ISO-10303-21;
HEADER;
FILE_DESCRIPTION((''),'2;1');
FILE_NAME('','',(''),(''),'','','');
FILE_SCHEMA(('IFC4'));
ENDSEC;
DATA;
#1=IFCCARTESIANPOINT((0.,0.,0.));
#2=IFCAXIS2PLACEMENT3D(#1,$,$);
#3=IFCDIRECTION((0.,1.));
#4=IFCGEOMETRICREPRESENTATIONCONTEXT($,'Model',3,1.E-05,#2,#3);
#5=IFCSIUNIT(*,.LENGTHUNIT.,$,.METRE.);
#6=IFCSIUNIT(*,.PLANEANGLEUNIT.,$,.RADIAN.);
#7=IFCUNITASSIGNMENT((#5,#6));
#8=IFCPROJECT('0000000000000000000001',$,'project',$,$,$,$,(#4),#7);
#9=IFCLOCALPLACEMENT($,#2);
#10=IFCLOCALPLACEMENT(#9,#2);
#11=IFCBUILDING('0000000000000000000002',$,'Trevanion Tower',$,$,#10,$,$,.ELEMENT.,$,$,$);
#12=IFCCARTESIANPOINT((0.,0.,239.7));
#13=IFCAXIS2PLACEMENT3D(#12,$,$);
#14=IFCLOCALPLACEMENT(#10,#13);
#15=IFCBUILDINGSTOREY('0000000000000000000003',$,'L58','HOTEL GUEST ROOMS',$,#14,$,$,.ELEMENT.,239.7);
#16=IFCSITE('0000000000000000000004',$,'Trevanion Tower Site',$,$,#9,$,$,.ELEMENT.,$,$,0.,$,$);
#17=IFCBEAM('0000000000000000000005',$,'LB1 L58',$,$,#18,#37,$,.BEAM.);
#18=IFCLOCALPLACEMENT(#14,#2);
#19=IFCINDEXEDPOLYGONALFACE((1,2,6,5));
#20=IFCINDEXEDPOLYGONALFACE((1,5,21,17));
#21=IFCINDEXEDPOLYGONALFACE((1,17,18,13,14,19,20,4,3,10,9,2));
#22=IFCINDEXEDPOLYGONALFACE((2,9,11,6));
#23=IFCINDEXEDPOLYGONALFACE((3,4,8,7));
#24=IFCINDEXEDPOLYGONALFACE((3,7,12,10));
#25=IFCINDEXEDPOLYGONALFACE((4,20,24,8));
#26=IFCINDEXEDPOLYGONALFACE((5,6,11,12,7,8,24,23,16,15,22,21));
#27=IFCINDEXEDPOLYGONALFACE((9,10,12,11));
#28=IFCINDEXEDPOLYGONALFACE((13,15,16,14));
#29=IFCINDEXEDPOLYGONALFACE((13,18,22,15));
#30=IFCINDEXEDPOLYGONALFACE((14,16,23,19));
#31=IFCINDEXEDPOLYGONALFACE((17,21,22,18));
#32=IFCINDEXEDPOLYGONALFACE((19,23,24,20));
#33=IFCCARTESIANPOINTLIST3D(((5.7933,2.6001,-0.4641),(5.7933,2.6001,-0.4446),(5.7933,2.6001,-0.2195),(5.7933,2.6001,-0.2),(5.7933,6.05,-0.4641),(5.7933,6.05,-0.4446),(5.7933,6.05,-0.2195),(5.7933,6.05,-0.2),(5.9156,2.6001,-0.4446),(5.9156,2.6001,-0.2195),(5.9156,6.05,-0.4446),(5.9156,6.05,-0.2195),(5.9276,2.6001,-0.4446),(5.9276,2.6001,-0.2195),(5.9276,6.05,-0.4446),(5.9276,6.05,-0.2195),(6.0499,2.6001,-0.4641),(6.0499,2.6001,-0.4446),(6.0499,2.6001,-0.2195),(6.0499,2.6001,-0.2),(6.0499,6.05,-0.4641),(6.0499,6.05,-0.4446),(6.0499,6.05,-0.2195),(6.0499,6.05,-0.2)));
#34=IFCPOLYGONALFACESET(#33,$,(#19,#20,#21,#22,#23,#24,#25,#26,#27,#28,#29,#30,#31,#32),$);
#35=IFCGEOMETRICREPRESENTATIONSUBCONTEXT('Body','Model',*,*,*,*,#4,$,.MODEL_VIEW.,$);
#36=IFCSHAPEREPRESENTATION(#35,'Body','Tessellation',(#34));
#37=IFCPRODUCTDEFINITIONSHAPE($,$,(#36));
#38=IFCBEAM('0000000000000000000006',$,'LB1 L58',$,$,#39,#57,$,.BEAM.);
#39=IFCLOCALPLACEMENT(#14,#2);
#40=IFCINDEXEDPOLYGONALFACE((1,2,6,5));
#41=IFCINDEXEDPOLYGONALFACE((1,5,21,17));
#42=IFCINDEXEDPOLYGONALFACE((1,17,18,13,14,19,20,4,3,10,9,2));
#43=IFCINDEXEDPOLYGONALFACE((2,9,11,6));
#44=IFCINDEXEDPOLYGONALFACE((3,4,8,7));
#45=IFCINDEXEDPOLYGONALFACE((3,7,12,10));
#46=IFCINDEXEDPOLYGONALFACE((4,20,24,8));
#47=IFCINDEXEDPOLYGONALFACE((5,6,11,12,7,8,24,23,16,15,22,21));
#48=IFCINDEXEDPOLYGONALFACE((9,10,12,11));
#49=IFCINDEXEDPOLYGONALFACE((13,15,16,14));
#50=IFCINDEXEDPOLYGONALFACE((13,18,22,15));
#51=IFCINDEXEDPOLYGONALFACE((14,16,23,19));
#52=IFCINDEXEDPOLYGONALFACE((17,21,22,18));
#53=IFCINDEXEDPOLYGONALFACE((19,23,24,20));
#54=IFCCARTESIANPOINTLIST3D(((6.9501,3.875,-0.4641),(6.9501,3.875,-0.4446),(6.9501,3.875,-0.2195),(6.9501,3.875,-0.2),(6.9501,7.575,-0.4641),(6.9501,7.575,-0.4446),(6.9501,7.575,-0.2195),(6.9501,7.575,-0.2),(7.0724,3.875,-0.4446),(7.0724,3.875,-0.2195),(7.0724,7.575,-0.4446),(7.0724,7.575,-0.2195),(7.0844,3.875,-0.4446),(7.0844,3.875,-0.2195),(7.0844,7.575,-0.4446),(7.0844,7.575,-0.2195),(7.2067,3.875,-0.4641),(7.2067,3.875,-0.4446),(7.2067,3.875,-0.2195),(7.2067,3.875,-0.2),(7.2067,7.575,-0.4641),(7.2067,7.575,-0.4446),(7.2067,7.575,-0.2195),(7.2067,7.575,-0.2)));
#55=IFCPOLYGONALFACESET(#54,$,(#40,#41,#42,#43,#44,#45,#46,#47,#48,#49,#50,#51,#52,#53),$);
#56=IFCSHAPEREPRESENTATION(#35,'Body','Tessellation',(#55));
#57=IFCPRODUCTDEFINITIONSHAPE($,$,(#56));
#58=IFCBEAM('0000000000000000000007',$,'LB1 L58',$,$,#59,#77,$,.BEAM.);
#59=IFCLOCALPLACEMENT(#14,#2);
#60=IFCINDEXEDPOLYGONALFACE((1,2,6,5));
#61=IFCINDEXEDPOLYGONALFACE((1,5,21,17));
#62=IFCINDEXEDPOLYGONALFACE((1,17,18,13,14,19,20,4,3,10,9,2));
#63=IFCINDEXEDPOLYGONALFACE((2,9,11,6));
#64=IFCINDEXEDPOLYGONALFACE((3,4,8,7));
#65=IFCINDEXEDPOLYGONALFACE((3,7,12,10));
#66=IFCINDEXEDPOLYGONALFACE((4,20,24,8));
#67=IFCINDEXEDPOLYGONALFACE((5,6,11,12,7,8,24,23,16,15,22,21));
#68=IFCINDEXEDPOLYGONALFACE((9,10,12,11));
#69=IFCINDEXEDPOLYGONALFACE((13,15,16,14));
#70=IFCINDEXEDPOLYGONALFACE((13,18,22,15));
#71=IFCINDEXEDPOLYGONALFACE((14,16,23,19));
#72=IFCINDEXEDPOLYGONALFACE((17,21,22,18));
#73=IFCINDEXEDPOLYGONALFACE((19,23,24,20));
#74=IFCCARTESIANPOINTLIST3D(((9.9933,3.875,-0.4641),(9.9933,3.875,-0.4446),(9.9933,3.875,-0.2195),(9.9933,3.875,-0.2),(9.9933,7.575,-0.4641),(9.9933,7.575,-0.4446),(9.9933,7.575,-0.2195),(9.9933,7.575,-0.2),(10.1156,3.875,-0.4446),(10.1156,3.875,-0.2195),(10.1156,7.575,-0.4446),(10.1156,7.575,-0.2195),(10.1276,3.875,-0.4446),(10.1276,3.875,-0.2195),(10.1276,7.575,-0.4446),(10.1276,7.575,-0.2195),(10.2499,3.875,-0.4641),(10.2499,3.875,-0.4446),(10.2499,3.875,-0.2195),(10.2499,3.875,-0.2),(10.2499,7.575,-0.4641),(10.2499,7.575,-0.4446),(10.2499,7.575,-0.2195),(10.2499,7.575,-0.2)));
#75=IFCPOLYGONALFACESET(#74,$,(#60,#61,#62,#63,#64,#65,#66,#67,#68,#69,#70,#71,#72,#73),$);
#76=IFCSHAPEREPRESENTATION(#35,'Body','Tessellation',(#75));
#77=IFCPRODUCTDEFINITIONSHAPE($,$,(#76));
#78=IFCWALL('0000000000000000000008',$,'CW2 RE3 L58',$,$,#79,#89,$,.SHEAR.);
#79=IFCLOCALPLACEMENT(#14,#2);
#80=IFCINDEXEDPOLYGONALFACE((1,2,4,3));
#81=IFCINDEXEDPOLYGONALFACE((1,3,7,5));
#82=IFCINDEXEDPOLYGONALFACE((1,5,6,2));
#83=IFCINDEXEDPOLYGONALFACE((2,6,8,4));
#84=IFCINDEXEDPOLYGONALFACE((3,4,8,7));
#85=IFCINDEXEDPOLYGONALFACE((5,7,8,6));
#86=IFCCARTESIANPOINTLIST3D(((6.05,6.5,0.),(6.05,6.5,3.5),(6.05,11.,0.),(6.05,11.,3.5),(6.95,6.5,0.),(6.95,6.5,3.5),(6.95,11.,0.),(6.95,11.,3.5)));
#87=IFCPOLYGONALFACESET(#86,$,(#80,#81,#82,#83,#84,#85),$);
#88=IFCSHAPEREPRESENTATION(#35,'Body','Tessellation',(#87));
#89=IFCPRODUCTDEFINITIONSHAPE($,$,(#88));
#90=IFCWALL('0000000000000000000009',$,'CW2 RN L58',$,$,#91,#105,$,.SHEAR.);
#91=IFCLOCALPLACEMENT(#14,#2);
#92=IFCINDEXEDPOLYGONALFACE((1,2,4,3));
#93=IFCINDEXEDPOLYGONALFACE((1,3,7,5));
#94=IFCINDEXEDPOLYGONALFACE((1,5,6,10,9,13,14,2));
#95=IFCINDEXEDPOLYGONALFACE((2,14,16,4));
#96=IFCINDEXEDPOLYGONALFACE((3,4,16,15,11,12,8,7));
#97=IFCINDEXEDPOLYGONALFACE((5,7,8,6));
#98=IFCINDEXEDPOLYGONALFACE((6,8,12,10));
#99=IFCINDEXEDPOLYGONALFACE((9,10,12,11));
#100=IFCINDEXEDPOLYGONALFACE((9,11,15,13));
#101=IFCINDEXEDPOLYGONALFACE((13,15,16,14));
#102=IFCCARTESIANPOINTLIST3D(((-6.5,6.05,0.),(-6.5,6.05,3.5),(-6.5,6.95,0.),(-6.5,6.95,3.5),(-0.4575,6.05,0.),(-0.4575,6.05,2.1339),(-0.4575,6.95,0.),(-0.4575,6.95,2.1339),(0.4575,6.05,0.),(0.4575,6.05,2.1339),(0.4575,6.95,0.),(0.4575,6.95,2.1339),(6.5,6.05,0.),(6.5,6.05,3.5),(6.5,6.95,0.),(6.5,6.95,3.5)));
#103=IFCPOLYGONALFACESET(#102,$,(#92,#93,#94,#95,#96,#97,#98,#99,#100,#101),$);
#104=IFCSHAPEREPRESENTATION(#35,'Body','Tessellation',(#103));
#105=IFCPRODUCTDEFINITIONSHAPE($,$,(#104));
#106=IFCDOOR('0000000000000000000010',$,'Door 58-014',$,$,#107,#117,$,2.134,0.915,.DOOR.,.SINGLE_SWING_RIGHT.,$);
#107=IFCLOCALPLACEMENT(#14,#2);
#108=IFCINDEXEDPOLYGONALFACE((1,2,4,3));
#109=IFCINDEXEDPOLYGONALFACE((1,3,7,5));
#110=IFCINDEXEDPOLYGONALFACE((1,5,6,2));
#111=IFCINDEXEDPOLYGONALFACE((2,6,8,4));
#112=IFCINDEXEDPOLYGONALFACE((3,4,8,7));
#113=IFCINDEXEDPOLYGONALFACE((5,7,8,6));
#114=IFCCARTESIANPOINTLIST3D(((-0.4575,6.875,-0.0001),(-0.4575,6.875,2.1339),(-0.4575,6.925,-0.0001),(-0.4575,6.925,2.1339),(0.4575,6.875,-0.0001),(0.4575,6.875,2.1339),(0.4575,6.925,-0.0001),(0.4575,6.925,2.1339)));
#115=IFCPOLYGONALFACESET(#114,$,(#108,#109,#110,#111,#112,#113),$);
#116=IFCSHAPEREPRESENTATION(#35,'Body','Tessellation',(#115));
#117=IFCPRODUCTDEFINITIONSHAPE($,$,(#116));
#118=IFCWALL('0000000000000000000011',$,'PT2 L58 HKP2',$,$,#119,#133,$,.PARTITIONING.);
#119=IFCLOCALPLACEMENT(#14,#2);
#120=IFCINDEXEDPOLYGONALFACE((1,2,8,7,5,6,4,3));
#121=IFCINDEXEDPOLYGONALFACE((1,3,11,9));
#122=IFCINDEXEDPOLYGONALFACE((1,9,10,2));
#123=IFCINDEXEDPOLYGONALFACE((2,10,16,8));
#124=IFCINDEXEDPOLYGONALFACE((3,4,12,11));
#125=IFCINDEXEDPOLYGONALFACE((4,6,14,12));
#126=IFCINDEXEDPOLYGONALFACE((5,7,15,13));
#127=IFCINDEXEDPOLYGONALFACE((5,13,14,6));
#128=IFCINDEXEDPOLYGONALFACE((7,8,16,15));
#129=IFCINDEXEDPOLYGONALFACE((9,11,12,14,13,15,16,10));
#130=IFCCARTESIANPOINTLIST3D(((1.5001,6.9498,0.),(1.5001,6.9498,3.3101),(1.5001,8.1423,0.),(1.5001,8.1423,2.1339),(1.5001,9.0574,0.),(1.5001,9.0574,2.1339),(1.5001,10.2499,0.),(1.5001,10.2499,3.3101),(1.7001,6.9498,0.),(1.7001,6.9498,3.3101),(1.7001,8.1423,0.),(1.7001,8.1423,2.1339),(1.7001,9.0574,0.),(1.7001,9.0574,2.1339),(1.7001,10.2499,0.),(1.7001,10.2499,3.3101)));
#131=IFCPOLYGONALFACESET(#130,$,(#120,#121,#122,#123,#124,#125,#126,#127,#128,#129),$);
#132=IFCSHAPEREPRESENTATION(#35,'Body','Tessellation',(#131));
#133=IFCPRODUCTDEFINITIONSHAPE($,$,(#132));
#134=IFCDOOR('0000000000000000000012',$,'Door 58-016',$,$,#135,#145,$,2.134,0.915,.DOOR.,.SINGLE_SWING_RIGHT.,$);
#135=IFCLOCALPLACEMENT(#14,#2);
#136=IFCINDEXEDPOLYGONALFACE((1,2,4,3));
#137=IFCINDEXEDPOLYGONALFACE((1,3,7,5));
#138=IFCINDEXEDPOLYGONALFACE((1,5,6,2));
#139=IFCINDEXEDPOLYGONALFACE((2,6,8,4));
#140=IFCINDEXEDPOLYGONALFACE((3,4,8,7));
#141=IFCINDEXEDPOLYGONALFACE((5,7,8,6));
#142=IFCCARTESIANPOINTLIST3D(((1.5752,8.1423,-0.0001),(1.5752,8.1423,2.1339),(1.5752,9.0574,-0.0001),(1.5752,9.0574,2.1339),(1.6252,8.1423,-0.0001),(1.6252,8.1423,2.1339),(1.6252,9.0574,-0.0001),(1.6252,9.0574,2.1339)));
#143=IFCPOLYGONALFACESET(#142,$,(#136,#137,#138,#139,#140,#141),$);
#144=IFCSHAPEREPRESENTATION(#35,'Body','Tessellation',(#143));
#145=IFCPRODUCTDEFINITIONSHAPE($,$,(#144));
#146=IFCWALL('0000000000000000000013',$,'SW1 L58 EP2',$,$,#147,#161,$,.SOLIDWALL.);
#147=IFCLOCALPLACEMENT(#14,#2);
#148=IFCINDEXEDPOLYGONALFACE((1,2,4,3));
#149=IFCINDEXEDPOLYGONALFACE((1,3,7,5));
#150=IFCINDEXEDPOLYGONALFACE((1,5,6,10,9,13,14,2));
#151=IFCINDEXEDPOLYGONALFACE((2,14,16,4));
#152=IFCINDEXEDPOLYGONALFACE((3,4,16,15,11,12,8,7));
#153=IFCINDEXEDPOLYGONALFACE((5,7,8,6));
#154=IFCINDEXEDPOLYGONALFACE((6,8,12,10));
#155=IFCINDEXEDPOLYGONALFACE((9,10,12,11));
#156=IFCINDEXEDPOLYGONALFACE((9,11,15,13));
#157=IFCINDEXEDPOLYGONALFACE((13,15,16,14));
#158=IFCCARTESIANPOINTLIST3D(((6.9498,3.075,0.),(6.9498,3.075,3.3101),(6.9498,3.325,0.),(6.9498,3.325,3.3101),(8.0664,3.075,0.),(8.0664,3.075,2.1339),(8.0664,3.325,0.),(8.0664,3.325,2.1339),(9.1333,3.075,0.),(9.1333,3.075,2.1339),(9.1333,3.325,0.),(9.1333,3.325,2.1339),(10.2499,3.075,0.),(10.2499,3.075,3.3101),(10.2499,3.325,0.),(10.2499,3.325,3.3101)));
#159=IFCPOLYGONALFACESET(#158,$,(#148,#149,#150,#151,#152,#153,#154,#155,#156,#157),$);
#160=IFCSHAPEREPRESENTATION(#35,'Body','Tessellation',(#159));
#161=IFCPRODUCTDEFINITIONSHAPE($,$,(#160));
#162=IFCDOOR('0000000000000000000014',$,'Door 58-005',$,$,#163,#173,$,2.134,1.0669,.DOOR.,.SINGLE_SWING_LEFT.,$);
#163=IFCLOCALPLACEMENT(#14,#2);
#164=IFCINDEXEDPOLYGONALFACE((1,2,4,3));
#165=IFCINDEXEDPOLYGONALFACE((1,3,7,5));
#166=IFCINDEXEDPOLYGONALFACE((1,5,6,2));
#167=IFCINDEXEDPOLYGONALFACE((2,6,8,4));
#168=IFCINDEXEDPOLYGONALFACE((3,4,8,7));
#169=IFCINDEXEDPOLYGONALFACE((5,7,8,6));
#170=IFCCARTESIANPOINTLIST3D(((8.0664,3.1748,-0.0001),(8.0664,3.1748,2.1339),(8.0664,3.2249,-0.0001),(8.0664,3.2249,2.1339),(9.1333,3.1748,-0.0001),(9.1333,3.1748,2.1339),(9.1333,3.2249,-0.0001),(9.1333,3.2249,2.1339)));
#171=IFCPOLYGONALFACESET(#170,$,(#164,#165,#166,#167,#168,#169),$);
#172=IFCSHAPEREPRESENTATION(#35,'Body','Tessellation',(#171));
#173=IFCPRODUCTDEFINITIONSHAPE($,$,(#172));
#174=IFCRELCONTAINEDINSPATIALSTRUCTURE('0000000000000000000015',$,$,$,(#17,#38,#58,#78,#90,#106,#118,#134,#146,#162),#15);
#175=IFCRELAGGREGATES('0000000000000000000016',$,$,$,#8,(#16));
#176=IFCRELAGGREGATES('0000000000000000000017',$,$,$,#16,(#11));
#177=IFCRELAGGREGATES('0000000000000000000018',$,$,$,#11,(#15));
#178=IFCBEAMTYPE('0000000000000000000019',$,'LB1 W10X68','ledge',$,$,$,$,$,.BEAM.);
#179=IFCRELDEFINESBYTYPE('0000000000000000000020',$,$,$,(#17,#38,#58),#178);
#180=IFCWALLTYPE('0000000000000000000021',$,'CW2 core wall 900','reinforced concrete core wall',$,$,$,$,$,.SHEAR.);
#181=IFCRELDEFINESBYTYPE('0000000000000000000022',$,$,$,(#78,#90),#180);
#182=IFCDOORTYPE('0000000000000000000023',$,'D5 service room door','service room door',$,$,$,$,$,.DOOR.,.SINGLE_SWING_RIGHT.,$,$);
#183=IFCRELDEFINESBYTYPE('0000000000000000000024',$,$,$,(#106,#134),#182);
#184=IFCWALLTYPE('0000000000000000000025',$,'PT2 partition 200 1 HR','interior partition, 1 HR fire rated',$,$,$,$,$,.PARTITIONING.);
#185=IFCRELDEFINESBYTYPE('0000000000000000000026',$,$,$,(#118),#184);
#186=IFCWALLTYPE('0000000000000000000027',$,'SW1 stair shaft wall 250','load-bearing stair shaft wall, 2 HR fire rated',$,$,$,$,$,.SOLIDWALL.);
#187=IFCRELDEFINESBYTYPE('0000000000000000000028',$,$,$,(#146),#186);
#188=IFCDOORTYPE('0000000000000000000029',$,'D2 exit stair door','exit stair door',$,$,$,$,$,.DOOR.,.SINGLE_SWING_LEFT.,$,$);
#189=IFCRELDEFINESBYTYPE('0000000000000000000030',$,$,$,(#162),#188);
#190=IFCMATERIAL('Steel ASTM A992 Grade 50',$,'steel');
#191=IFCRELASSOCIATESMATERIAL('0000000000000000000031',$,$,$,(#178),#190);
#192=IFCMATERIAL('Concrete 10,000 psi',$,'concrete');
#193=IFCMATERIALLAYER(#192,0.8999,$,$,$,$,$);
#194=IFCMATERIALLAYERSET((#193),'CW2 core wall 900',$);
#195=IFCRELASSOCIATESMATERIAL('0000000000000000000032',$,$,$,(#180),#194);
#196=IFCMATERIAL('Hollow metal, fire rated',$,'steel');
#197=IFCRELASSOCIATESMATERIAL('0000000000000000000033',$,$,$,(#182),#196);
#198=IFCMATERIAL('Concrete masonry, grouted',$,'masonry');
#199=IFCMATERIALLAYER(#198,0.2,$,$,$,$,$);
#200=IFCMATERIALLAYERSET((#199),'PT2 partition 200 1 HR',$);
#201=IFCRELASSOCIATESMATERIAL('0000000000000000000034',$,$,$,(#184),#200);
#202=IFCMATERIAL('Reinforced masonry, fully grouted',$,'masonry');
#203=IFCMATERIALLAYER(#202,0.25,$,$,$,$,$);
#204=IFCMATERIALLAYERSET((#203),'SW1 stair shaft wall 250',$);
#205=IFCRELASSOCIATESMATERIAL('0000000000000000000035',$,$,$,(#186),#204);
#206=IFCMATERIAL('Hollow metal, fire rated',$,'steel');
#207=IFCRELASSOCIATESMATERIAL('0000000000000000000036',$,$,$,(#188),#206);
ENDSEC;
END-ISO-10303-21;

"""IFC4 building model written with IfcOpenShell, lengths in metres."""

from ifc_helpers import new_model, si_unit, direction, frame, frame_2d, origin, origin_2d, place, context, subcontext, project, spatial, rectangle, i_section, extrude, material, layer, layer_set, material_profile, profile_set, type_object, element, fill, save


model = new_model("IFC4")

# Units and contexts
model_context = context("Model", 3, precision=1e-05, world=origin(), true_north=direction((0.0, 1.0)))
body_context = subcontext(model_context, "Body", "Model", "MODEL_VIEW")
ifc_project = project(units=[si_unit("LENGTHUNIT", "METRE"), si_unit("PLANEANGLEUNIT", "RADIAN")], contexts=[model_context])

# Site, building, storey
site_placement = place(None, origin())
site = spatial("IfcSite", under=ifc_project, at=site_placement, Name="Trevanion Tower Site", CompositionType="ELEMENT", RefElevation=0.0)
building_placement = place(site_placement, origin())
building = spatial("IfcBuilding", under=site, at=building_placement, Name="Trevanion Tower", CompositionType="ELEMENT")
storey_placement = place(building_placement, frame((0.0, 0.0, 239.7)))
storey = spatial("IfcBuildingStorey", under=building, at=storey_placement, Name="L58", Description="HOTEL GUEST ROOMS", CompositionType="ELEMENT", Elevation=239.7)

# Beams
ifc_material_1 = material(Name="Steel ASTM A992 Grade 50", Category="steel")
ifc_material_profile = material_profile(ifc_material_1, i_section(OverallWidth=0.2566, OverallDepth=0.2642, WebThickness=0.012, FlangeThickness=0.0195, at=origin_2d()), Name="W10X68")
ifc_profile_set = profile_set([ifc_material_profile], Name="Steel ASTM A992 Grade 50")
beam_type = type_object("IfcBeamType", Name="LB1 W10X68", Description="ledge", PredefinedType="BEAM", material=ifc_profile_set)
beam_placement = place(storey_placement, frame((5.9216, 2.6001, -0.332), z_axis=(0.0, 1.0, 0.0), x_axis=(-1.0, 0.0, 0.0)))
element("IfcBeam", 1, at=beam_placement, inside=storey, type_object=beam_type, Name="LB1 L58", PredefinedType="BEAM", context=body_context, shape_type="SweptSolid", body=[
    extrude(i_section(OverallWidth=0.2566, OverallDepth=0.2642, WebThickness=0.012, FlangeThickness=0.0195, at=origin_2d()), origin(), (0.0, 0.0, 1.0), 3.45),
])
for number, where, z_axis, x_axis, name in (
    (2, (7.0784, 3.875, -0.332), (0.0, 1.0, 0.0), (-1.0, 0.0, 0.0), "LB1 L58"),
    (3, (10.1216, 3.875, -0.332), (0.0, 1.0, 0.0), (-1.0, 0.0, 0.0), "LB1 L58"),
):
    element("IfcBeam", number, at=place(storey_placement, frame(where, z_axis=z_axis, x_axis=x_axis)), inside=storey, type_object=beam_type, Name=name, PredefinedType="BEAM", context=body_context, shape_type="SweptSolid", body=[
        extrude(i_section(OverallWidth=0.2566, OverallDepth=0.2642, WebThickness=0.012, FlangeThickness=0.0195, at=origin_2d()), origin(), (0.0, 0.0, 1.0), 3.7),
    ])

# Wall
ifc_material_2 = material(Name="Concrete 10,000 psi", Category="concrete")
ifc_layer_1 = layer(ifc_material_2, 0.8999)
ifc_layer_set_1 = layer_set([ifc_layer_1], Name="CW2 core wall 900")
wall_type_1 = type_object("IfcWallType", Name="CW2 core wall 900", Description="reinforced concrete core wall", PredefinedType="SHEAR", material=ifc_layer_set_1)
wall_1_placement = place(storey_placement, frame((6.5, 6.5, 0.0), z_axis=(0.0, 0.0, 1.0), x_axis=(0.0, 1.0, 0.0)))
element("IfcWall", 4, at=wall_1_placement, inside=storey, type_object=wall_type_1, Name="CW2 RE3 L58", PredefinedType="SHEAR", context=body_context, shape_type="SweptSolid", body=[
    extrude(rectangle(XDim=4.5, YDim=0.8999, at=frame_2d((2.25, 0.0))), origin(), (0.0, 0.0, 1.0), 3.5),
])

# Walls, openings, doors
wall_2_placement = place(storey_placement, frame((6.5, 6.5, 0.0), z_axis=(0.0, 0.0, 1.0), x_axis=(-1.0, 0.0, 0.0)))
wall_2 = element("IfcWall", 5, at=wall_2_placement, inside=storey, type_object=wall_type_1, Name="CW2 RN L58", PredefinedType="SHEAR", context=body_context, shape_type="SweptSolid", body=[
    extrude(rectangle(XDim=13.0, YDim=0.8999, at=frame_2d((6.5, 0.0))), origin(), (0.0, 0.0, 1.0), 3.5),
])
opening_1_placement = place(wall_2_placement, frame((6.0425, 0.0, 0.0)))
opening_1 = element("IfcOpeningElement", 6, at=opening_1_placement, cuts=wall_2, PredefinedType="OPENING", context=body_context, shape_type="SweptSolid", body=[
    extrude(rectangle(XDim=0.915, YDim=2.134, at=frame_2d((0.4575, 1.0669))), frame((0.0, 0.46, 0.0), z_axis=(0.0, -1.0, 0.0), x_axis=(1.0, 0.0, 0.0)), (0.0, 0.0, 1.0), 0.9199),
])
ifc_material_3 = material(Name="Hollow metal, fire rated", Category="steel")
door_type_1 = type_object("IfcDoorType", Name="D5 service room door", Description="service room door", OperationType="SINGLE_SWING_RIGHT", PredefinedType="DOOR", material=ifc_material_3)
door_1_placement = place(opening_1_placement, origin())
door_1 = element("IfcDoor", 7, at=door_1_placement, inside=storey, type_object=door_type_1, Name="Door 58-014", OperationType="SINGLE_SWING_RIGHT", OverallHeight=2.134, OverallWidth=0.915, PredefinedType="DOOR", context=body_context, shape_type="SweptSolid", body=[
    extrude(rectangle(XDim=0.915, YDim=2.134, at=frame_2d((0.4575, 1.0669))), frame((0.0, -0.375, 0.0), z_axis=(0.0, -1.0, 0.0), x_axis=(1.0, 0.0, 0.0)), (0.0, 0.0, 1.0), 0.05),
])
fill(opening_1, door_1)
ifc_material_4 = material(Name="Concrete masonry, grouted", Category="masonry")
ifc_layer_2 = layer(ifc_material_4, 0.2)
ifc_layer_set_2 = layer_set([ifc_layer_2], Name="PT2 partition 200 1 HR")
wall_type_2 = type_object("IfcWallType", Name="PT2 partition 200 1 HR", Description="interior partition, 1 HR fire rated", PredefinedType="PARTITIONING", material=ifc_layer_set_2)
wall_3_placement = place(storey_placement, frame((1.6001, 6.95, 0.0), z_axis=(0.0, 0.0, 1.0), x_axis=(0.0, 1.0, 0.0)))
wall_3 = element("IfcWall", 8, at=wall_3_placement, inside=storey, type_object=wall_type_2, Name="PT2 L58 HKP2", PredefinedType="PARTITIONING", context=body_context, shape_type="SweptSolid", body=[
    extrude(rectangle(XDim=3.3, YDim=0.2, at=frame_2d((1.6499, 0.0))), origin(), (0.0, 0.0, 1.0), 3.3101),
])
opening_2_placement = place(wall_3_placement, frame((1.1924, 0.0, 0.0)))
opening_2 = element("IfcOpeningElement", 9, at=opening_2_placement, cuts=wall_3, PredefinedType="OPENING", context=body_context, shape_type="SweptSolid", body=[
    extrude(rectangle(XDim=0.915, YDim=2.134, at=frame_2d((0.4575, 1.0669))), frame((0.0, 0.1099, 0.0), z_axis=(0.0, -1.0, 0.0), x_axis=(1.0, 0.0, 0.0)), (0.0, 0.0, 1.0), 0.22),
])
door_2_placement = place(opening_2_placement, origin())
door_2 = element("IfcDoor", 10, at=door_2_placement, inside=storey, type_object=door_type_1, Name="Door 58-016", OperationType="SINGLE_SWING_RIGHT", OverallHeight=2.134, OverallWidth=0.915, PredefinedType="DOOR", context=body_context, shape_type="SweptSolid", body=[
    extrude(rectangle(XDim=0.915, YDim=2.134, at=frame_2d((0.4575, 1.0669))), frame((0.0, 0.0249, 0.0), z_axis=(0.0, -1.0, 0.0), x_axis=(1.0, 0.0, 0.0)), (0.0, 0.0, 1.0), 0.05),
])
fill(opening_2, door_2)
ifc_material_5 = material(Name="Reinforced masonry, fully grouted", Category="masonry")
ifc_layer_3 = layer(ifc_material_5, 0.25)
ifc_layer_set_3 = layer_set([ifc_layer_3], Name="SW1 stair shaft wall 250")
wall_type_3 = type_object("IfcWallType", Name="SW1 stair shaft wall 250", Description="load-bearing stair shaft wall, 2 HR fire rated", PredefinedType="SOLIDWALL", material=ifc_layer_set_3)
wall_4_placement = place(storey_placement, frame((6.95, 3.2, 0.0), z_axis=(0.0, 0.0, 1.0), x_axis=(1.0, 0.0, 0.0)))
wall_4 = element("IfcWall", 11, at=wall_4_placement, inside=storey, type_object=wall_type_3, Name="SW1 L58 EP2", PredefinedType="SOLIDWALL", context=body_context, shape_type="SweptSolid", body=[
    extrude(rectangle(XDim=3.3, YDim=0.25, at=frame_2d((1.6499, 0.0))), origin(), (0.0, 0.0, 1.0), 3.3101),
])
opening_3_placement = place(wall_4_placement, frame((1.1165, 0.0, 0.0)))
opening_3 = element("IfcOpeningElement", 12, at=opening_3_placement, cuts=wall_4, PredefinedType="OPENING", context=body_context, shape_type="SweptSolid", body=[
    extrude(rectangle(XDim=1.0669, YDim=2.134, at=frame_2d((0.5334, 1.0669))), frame((0.0, 0.135, 0.0), z_axis=(0.0, -1.0, 0.0), x_axis=(1.0, 0.0, 0.0)), (0.0, 0.0, 1.0), 0.27),
])
ifc_material_6 = material(Name="Hollow metal, fire rated", Category="steel")
door_type_2 = type_object("IfcDoorType", Name="D2 exit stair door", Description="exit stair door", OperationType="SINGLE_SWING_LEFT", PredefinedType="DOOR", material=ifc_material_6)
door_3_placement = place(opening_3_placement, origin())
door_3 = element("IfcDoor", 13, at=door_3_placement, inside=storey, type_object=door_type_2, Name="Door 58-005", OperationType="SINGLE_SWING_LEFT", OverallHeight=2.134, OverallWidth=1.0669, PredefinedType="DOOR", context=body_context, shape_type="SweptSolid", body=[
    extrude(rectangle(XDim=1.0669, YDim=2.134, at=frame_2d((0.5334, 1.0669))), frame((0.0, 0.0249, 0.0), z_axis=(0.0, -1.0, 0.0), x_axis=(1.0, 0.0, 0.0)), (0.0, 0.0, 1.0), 0.05),
])
fill(opening_3, door_3)

save(model, "model.ifc")
